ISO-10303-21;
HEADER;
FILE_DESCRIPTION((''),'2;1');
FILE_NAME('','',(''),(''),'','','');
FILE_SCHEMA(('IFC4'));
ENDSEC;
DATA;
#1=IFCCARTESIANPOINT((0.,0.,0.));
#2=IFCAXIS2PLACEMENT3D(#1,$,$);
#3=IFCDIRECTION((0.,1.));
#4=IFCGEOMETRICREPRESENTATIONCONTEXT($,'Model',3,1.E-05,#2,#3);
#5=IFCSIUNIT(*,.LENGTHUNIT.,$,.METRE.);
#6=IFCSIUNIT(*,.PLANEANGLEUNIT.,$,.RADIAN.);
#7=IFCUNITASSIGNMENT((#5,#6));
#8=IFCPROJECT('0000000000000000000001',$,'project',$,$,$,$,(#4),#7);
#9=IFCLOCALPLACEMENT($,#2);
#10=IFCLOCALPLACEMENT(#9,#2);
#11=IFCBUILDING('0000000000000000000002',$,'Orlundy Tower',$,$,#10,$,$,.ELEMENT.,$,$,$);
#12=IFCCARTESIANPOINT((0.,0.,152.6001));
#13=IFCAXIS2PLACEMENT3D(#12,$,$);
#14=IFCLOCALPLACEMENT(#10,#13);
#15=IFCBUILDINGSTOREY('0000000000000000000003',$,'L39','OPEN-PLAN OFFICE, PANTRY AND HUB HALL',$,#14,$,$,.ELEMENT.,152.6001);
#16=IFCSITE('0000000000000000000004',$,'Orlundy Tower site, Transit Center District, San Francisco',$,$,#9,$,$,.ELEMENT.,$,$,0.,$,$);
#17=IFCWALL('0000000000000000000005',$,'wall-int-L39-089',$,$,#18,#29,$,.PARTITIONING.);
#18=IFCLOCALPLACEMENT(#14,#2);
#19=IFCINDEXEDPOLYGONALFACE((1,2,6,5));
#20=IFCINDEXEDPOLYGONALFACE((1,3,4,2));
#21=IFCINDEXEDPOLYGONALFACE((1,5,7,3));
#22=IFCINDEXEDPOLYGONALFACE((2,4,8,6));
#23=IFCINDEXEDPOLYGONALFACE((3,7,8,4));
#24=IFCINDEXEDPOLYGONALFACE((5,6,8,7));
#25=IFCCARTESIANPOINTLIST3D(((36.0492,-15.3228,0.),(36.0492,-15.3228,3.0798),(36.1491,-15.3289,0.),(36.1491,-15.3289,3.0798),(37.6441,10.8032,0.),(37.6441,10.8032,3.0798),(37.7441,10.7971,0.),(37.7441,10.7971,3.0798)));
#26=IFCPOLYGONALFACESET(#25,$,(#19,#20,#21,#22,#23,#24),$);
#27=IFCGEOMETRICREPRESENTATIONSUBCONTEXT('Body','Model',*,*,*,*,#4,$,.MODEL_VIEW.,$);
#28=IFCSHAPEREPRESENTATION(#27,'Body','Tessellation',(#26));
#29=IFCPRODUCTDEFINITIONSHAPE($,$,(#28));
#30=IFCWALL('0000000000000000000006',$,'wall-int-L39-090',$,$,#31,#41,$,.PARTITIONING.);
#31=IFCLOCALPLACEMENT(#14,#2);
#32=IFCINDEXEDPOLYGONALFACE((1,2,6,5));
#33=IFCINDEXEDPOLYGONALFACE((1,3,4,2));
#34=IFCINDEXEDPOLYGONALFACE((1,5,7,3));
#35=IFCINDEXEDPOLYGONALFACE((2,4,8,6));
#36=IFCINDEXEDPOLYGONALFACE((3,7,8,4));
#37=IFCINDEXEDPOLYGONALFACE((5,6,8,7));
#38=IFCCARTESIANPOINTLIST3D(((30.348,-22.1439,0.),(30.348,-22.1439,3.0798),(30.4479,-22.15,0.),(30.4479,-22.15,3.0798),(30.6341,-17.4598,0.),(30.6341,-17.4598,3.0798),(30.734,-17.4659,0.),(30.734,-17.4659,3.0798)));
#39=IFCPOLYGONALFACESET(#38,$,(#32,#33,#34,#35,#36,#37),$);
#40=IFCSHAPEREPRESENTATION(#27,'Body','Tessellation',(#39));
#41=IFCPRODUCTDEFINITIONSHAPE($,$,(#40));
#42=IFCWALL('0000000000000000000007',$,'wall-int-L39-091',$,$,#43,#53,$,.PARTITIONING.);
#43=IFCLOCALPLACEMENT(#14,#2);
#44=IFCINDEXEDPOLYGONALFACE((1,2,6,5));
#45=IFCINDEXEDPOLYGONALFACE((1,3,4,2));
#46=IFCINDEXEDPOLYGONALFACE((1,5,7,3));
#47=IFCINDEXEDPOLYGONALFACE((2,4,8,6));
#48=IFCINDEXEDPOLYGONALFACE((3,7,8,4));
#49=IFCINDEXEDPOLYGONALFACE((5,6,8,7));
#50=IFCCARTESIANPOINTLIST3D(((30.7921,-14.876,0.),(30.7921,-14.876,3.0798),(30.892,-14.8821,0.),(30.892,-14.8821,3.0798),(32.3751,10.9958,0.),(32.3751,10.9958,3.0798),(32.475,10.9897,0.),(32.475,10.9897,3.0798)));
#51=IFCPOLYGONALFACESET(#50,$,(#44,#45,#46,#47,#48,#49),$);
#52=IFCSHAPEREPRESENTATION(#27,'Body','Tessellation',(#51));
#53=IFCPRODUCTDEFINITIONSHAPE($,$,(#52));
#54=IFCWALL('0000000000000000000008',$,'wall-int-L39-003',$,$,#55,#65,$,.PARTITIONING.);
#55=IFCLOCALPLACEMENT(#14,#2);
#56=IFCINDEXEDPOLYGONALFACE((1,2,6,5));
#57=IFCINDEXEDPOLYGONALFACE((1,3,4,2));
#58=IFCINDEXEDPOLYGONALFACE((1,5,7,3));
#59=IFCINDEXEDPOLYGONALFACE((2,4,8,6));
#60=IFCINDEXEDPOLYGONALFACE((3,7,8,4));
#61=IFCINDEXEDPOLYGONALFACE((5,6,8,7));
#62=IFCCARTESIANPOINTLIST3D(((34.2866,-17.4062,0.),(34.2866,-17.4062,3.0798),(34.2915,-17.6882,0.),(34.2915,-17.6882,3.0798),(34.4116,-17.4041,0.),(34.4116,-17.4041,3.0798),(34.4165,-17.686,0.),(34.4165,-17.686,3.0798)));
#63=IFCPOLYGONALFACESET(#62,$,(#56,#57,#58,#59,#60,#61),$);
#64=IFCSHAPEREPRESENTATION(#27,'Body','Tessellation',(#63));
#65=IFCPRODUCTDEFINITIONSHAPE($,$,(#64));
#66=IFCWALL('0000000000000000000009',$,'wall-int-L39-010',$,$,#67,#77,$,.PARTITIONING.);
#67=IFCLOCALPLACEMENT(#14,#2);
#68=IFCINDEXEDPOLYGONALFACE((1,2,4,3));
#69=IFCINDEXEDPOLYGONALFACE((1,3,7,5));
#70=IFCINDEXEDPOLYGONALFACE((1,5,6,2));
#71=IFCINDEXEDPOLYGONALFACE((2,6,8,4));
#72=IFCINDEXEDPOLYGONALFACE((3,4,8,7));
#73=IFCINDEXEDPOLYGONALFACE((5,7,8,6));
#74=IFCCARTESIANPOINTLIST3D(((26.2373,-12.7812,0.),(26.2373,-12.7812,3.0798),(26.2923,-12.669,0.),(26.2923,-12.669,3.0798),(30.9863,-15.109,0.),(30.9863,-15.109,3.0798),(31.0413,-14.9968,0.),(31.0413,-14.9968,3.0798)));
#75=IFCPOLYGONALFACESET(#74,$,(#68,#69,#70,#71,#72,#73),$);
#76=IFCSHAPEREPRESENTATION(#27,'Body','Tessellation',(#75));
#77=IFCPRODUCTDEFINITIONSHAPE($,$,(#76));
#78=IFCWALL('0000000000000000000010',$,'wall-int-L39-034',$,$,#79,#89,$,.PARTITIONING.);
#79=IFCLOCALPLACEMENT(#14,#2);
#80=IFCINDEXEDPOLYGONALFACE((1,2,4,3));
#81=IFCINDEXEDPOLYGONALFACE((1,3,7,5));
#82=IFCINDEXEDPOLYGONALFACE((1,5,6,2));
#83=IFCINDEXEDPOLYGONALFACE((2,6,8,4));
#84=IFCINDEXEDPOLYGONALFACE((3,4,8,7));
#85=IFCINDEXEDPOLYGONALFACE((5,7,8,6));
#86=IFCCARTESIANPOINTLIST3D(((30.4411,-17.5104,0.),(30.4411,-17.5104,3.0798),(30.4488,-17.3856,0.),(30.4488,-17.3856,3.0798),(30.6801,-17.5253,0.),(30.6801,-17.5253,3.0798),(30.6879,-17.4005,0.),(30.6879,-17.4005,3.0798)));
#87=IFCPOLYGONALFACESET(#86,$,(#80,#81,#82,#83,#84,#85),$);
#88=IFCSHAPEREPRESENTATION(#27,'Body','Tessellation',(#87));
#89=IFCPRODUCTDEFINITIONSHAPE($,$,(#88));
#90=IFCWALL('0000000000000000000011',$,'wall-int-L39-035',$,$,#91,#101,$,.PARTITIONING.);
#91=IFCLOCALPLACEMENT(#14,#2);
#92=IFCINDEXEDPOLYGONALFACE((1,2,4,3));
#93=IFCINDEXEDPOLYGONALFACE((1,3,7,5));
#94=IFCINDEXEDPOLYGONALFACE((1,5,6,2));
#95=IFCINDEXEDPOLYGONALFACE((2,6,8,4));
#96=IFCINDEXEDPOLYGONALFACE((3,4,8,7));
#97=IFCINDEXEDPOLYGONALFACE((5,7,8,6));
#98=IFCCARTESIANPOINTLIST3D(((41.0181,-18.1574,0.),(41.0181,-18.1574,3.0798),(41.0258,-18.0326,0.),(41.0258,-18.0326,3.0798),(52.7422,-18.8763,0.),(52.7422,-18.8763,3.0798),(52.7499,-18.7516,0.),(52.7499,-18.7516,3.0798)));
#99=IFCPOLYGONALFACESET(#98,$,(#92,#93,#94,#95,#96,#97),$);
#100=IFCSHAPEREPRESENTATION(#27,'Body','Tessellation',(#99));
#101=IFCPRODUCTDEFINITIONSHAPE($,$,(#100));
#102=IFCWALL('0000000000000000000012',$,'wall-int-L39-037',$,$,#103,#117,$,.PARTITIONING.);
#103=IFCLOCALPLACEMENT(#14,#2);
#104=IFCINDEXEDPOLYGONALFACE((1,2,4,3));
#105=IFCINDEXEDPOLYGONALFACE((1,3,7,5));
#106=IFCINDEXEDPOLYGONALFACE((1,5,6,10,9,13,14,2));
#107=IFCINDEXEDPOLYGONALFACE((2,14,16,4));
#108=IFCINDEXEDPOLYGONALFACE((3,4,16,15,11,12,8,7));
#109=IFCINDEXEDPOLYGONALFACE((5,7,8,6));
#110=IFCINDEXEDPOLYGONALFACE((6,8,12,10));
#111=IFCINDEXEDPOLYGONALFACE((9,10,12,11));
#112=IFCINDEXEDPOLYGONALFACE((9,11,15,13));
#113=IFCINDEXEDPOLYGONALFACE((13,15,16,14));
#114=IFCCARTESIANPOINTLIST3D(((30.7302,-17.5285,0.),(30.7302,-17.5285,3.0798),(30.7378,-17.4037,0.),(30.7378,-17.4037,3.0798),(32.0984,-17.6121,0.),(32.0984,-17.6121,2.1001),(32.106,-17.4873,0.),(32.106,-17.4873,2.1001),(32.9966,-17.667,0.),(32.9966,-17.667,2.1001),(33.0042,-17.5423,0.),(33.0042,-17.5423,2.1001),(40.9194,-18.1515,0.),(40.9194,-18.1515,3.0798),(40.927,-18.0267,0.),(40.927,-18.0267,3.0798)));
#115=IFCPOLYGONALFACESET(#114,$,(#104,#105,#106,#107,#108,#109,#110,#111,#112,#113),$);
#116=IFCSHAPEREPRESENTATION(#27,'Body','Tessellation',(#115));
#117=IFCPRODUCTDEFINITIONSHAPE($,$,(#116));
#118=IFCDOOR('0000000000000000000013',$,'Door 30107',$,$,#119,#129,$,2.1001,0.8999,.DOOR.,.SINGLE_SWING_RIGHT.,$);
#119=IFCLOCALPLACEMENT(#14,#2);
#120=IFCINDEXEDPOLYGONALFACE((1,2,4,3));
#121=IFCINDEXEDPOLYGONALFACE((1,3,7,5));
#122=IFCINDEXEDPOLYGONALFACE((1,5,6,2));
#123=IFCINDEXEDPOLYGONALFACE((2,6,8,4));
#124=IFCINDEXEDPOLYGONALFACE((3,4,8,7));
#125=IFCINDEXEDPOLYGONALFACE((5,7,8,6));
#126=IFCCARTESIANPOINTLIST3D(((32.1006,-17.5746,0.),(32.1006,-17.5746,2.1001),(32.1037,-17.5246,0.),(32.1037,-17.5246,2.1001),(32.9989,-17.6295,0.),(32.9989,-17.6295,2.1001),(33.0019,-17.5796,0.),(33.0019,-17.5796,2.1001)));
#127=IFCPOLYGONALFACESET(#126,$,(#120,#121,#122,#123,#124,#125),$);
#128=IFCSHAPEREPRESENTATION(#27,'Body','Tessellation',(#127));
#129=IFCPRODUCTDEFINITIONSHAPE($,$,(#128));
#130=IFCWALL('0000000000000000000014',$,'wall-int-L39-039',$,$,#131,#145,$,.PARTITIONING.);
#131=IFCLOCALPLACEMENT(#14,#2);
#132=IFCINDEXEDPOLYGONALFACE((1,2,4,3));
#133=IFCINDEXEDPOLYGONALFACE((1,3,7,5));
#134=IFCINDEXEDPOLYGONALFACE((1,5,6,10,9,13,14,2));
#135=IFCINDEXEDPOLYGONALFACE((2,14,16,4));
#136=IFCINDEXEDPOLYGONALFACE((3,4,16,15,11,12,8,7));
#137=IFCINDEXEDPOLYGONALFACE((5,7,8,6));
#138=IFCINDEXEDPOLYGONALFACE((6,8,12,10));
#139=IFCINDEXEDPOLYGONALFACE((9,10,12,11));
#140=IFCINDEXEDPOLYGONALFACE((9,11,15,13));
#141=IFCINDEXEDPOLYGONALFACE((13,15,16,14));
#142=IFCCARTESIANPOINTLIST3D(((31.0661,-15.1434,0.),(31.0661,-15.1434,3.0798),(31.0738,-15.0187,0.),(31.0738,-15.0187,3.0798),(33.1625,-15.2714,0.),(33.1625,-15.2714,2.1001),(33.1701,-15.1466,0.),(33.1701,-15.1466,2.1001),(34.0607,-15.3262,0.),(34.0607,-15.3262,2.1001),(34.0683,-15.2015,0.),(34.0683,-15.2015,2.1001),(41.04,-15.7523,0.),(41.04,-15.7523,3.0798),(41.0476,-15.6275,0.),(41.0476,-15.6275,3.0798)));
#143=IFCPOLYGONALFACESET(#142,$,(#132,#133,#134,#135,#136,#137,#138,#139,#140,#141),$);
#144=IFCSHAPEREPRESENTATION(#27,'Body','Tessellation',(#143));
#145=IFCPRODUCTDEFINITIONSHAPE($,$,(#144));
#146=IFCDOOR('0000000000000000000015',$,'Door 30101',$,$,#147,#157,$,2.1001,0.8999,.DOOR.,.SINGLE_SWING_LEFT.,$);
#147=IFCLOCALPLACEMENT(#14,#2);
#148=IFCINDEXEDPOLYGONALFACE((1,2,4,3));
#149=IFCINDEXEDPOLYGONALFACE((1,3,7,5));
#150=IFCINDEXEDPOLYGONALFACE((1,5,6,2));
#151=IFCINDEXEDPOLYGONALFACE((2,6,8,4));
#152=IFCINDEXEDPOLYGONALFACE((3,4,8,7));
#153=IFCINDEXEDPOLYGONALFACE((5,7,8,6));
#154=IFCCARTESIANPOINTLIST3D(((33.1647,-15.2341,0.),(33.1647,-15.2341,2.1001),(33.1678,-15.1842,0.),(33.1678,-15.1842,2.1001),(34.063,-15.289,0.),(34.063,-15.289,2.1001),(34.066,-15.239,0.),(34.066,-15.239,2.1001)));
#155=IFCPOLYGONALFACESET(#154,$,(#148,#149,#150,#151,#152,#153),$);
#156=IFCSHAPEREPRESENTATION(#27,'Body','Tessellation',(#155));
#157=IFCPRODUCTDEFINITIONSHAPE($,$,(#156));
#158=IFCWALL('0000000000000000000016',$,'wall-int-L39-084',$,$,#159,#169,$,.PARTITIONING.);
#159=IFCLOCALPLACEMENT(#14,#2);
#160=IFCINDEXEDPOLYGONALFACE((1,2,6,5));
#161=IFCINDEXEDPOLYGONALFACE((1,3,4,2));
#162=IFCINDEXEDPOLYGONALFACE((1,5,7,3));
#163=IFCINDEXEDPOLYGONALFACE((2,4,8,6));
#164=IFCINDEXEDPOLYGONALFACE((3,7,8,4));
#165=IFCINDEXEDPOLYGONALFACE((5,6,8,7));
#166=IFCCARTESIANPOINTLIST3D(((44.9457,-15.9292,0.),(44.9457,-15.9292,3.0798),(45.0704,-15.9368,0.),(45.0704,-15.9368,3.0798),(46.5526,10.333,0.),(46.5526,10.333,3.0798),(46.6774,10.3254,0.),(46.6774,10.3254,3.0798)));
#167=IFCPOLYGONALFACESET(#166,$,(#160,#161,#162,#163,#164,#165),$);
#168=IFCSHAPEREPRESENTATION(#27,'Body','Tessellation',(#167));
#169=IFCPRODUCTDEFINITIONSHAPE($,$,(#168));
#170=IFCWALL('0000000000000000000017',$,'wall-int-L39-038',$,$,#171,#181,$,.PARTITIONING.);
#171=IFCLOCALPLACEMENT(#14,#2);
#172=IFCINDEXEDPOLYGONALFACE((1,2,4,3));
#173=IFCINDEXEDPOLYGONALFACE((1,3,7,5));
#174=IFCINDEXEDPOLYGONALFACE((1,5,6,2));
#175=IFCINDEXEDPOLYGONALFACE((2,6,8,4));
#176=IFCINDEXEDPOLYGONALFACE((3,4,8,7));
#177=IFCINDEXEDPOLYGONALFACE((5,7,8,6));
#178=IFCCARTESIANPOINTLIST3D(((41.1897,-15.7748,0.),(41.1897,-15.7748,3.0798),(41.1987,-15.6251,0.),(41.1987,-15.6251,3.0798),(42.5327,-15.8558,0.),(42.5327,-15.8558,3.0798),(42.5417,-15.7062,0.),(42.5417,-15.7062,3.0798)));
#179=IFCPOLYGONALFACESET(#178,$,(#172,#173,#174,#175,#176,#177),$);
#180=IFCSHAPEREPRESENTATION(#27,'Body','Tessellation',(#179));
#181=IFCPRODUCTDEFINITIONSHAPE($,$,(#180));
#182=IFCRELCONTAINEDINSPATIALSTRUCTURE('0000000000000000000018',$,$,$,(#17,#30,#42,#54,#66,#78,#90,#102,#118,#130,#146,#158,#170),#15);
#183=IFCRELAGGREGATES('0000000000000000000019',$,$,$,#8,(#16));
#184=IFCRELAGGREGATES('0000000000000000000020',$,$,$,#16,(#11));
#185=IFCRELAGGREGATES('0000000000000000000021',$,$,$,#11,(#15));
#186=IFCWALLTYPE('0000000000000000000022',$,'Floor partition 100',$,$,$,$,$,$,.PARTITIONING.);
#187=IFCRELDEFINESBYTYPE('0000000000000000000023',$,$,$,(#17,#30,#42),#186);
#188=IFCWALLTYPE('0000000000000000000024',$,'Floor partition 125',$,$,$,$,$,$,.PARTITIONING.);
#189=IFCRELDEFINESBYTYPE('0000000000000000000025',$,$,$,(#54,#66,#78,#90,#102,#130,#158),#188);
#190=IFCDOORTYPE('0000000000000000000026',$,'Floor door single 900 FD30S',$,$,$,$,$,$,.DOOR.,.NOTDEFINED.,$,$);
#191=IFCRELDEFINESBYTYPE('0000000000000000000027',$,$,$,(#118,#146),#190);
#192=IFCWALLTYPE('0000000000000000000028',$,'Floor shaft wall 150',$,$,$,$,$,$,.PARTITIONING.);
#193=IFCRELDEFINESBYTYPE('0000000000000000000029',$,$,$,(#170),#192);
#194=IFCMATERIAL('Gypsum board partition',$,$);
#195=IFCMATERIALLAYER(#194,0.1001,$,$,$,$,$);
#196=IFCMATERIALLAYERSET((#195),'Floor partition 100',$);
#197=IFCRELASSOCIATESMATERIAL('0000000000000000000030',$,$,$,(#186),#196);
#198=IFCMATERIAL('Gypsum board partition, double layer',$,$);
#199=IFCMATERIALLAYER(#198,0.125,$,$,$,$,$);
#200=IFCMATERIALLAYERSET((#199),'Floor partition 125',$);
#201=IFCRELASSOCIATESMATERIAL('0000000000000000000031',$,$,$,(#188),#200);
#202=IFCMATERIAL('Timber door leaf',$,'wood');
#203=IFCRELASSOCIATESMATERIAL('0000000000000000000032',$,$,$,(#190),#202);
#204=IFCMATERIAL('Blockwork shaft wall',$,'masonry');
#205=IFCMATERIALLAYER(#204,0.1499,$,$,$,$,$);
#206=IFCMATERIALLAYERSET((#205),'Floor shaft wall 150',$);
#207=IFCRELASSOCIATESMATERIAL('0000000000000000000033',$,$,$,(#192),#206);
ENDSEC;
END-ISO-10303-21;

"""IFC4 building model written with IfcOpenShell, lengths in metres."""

from ifc_helpers import new_model, si_unit, direction, frame, frame_2d, origin, place, context, subcontext, project, spatial, rectangle, extrude, material, layer, layer_set, type_object, element, fill, save


model = new_model("IFC4")

# Units and contexts
model_context = context("Model", 3, precision=1e-05, world=origin(), true_north=direction((0.0, 1.0)))
body_context = subcontext(model_context, "Body", "Model", "MODEL_VIEW")
ifc_project = project(units=[si_unit("LENGTHUNIT", "METRE"), si_unit("PLANEANGLEUNIT", "RADIAN")], contexts=[model_context])

# Site, building, storey
site_placement = place(None, origin())
site = spatial("IfcSite", under=ifc_project, at=site_placement, Name="Orlundy Tower site, Transit Center District, San Francisco", CompositionType="ELEMENT", RefElevation=0.0)
building_placement = place(site_placement, origin())
building = spatial("IfcBuilding", under=site, at=building_placement, Name="Orlundy Tower", CompositionType="ELEMENT")
storey_placement = place(building_placement, frame((0.0, 0.0, 152.6001)))
storey = spatial("IfcBuildingStorey", under=building, at=storey_placement, Name="L39", Description="OPEN-PLAN OFFICE, PANTRY AND HUB HALL", CompositionType="ELEMENT", Elevation=152.6001)

# Walls
ifc_material_1 = material(Name="Gypsum board partition")
ifc_layer_1 = layer(ifc_material_1, 0.1001)
ifc_layer_set_1 = layer_set([ifc_layer_1], Name="Floor partition 100")
wall_type_1 = type_object("IfcWallType", Name="Floor partition 100", PredefinedType="PARTITIONING", material=ifc_layer_set_1)
wall_1_placement = place(storey_placement, frame((36.0991, -15.3259, 0.0), z_axis=(0.0, 0.0, 1.0), x_axis=(0.060936, 0.998142, 0.0)))
element("IfcWall", 1, at=wall_1_placement, inside=storey, type_object=wall_type_1, Name="wall-int-L39-089", PredefinedType="PARTITIONING", context=body_context, shape_type="SweptSolid", body=[
    extrude(rectangle(XDim=26.1746, YDim=0.1001, at=frame_2d((13.0874, 0.0))), origin(), (0.0, 0.0, 1.0), 3.0798),
])
wall_2_placement = place(storey_placement, frame((30.3979, -22.147, 0.0), z_axis=(0.0, 0.0, 1.0), x_axis=(0.060973, 0.998139, 0.0)))
element("IfcWall", 2, at=wall_2_placement, inside=storey, type_object=wall_type_1, Name="wall-int-L39-090", PredefinedType="PARTITIONING", context=body_context, shape_type="SweptSolid", body=[
    extrude(rectangle(XDim=4.6929, YDim=0.1001, at=frame_2d((2.3464, 0.0))), origin(), (0.0, 0.0, 1.0), 3.0798),
])
wall_3_placement = place(storey_placement, frame((30.842, -14.8789, 0.0), z_axis=(0.0, 0.0, 1.0), x_axis=(0.061072, 0.998133, 0.0)))
element("IfcWall", 3, at=wall_3_placement, inside=storey, type_object=wall_type_1, Name="wall-int-L39-091", PredefinedType="PARTITIONING", context=body_context, shape_type="SweptSolid", body=[
    extrude(rectangle(XDim=25.9202, YDim=0.1001, at=frame_2d((12.96, 0.0))), origin(), (0.0, 0.0, 1.0), 3.0798),
])
ifc_material_2 = material(Name="Gypsum board partition, double layer")
ifc_layer_2 = layer(ifc_material_2, 0.125)
ifc_layer_set_2 = layer_set([ifc_layer_2], Name="Floor partition 125")
wall_type_2 = type_object("IfcWallType", Name="Floor partition 125", PredefinedType="PARTITIONING", material=ifc_layer_set_2)
wall_4_placement = place(storey_placement, frame((34.3491, -17.405, 0.0), z_axis=(0.0, 0.0, 1.0), x_axis=(0.017313, -0.99985, 0.0)))
element("IfcWall", 4, at=wall_4_placement, inside=storey, type_object=wall_type_2, Name="wall-int-L39-003", PredefinedType="PARTITIONING", context=body_context, shape_type="SweptSolid", body=[
    extrude(rectangle(XDim=0.282, YDim=0.125, at=frame_2d((0.1411, 0.0))), origin(), (0.0, 0.0, 1.0), 3.0798),
])
wall_5_placement = place(storey_placement, frame((31.0139, -15.053, 0.0), z_axis=(0.0, 0.0, 1.0), x_axis=(-0.897926, 0.440146, 0.0)))
element("IfcWall", 5, at=wall_5_placement, inside=storey, type_object=wall_type_2, Name="wall-int-L39-010", PredefinedType="PARTITIONING", context=body_context, shape_type="SweptSolid", body=[
    extrude(rectangle(XDim=5.2888, YDim=0.125, at=frame_2d((2.6445, 0.0))), origin(), (0.0, 0.0, 1.0), 3.0798),
])
wall_6_placement = place(storey_placement, frame((30.4451, -17.448, 0.0), z_axis=(0.0, 0.0, 1.0), x_axis=(0.998064, -0.062188, 0.0)))
element("IfcWall", 6, at=wall_6_placement, inside=storey, type_object=wall_type_2, Name="wall-int-L39-034", PredefinedType="PARTITIONING", context=body_context, shape_type="SweptSolid", body=[
    extrude(rectangle(XDim=0.2395, YDim=0.125, at=frame_2d((0.1196, 0.0))), origin(), (0.0, 0.0, 1.0), 3.0798),
])
wall_7_placement = place(storey_placement, frame((41.022, -18.095, 0.0), z_axis=(0.0, 0.0, 1.0), x_axis=(0.998125, -0.061211, 0.0)))
element("IfcWall", 7, at=wall_7_placement, inside=storey, type_object=wall_type_2, Name="wall-int-L39-035", PredefinedType="PARTITIONING", context=body_context, shape_type="SweptSolid", body=[
    extrude(rectangle(XDim=11.7461, YDim=0.125, at=frame_2d((5.873, 0.0))), origin(), (0.0, 0.0, 1.0), 3.0798),
])

# Walls, openings, doors
wall_8_placement = place(storey_placement, frame((40.9231, -18.0891, 0.0), z_axis=(0.0, 0.0, 1.0), x_axis=(-0.998136, 0.061034, 0.0)))
wall_8 = element("IfcWall", 8, at=wall_8_placement, inside=storey, type_object=wall_type_2, Name="wall-int-L39-037", PredefinedType="PARTITIONING", context=body_context, shape_type="SweptSolid", body=[
    extrude(rectangle(XDim=10.2083, YDim=0.125, at=frame_2d((5.104, 0.0))), origin(), (0.0, 0.0, 1.0), 3.0798),
])
opening_1_placement = place(wall_8_placement, frame((7.9375, 0.0, 0.0)))
opening_1 = element("IfcOpeningElement", 9, at=opening_1_placement, cuts=wall_8, PredefinedType="OPENING", context=body_context, shape_type="SweptSolid", body=[
    extrude(rectangle(XDim=0.8999, YDim=2.1001, at=frame_2d((0.45, 1.05))), frame((0.0, 0.0725, 0.0), z_axis=(0.0, -1.0, 0.0), x_axis=(1.0, 0.0, 0.0)), (0.0, 0.0, 1.0), 0.145),
])
ifc_material_3 = material(Name="Timber door leaf", Category="wood")
door_type_1 = type_object("IfcDoorType", Name="Floor door single 900 FD30S", OperationType="NOTDEFINED", PredefinedType="DOOR", material=ifc_material_3)
door_1_placement = place(opening_1_placement, origin())
door_1 = element("IfcDoor", 10, at=door_1_placement, inside=storey, type_object=door_type_1, Name="Door 30107", OperationType="SINGLE_SWING_RIGHT", OverallHeight=2.1001, OverallWidth=0.8999, PredefinedType="DOOR", context=body_context, shape_type="SweptSolid", body=[
    extrude(rectangle(XDim=0.8999, YDim=2.1001, at=frame_2d((0.45, 1.05))), frame((0.0, 0.0249, 0.0), z_axis=(0.0, -1.0, 0.0), x_axis=(1.0, 0.0, 0.0)), (0.0, 0.0, 1.0), 0.05),
])
fill(opening_1, door_1)
wall_9_placement = place(storey_placement, frame((31.0701, -15.0811, 0.0), z_axis=(0.0, 0.0, 1.0), x_axis=(0.998142, -0.060935, 0.0)))
wall_9 = element("IfcWall", 11, at=wall_9_placement, inside=storey, type_object=wall_type_2, Name="wall-int-L39-039", PredefinedType="PARTITIONING", context=body_context, shape_type="SweptSolid", body=[
    extrude(rectangle(XDim=9.9924, YDim=0.125, at=frame_2d((4.9961, 0.0))), origin(), (0.0, 0.0, 1.0), 3.0798),
])
opening_2_placement = place(wall_9_placement, frame((2.1001, 0.0, 0.0)))
opening_2 = element("IfcOpeningElement", 12, at=opening_2_placement, cuts=wall_9, PredefinedType="OPENING", context=body_context, shape_type="SweptSolid", body=[
    extrude(rectangle(XDim=0.8999, YDim=2.1001, at=frame_2d((0.45, 1.05))), frame((0.0, 0.0725, 0.0), z_axis=(0.0, -1.0, 0.0), x_axis=(1.0, 0.0, 0.0)), (0.0, 0.0, 1.0), 0.145),
])
door_2_placement = place(opening_2_placement, origin())
door_2 = element("IfcDoor", 13, at=door_2_placement, inside=storey, type_object=door_type_1, Name="Door 30101", OperationType="SINGLE_SWING_LEFT", OverallHeight=2.1001, OverallWidth=0.8999, PredefinedType="DOOR", context=body_context, shape_type="SweptSolid", body=[
    extrude(rectangle(XDim=0.8999, YDim=2.1001, at=frame_2d((0.45, 1.05))), frame((0.0, 0.0249, 0.0), z_axis=(0.0, -1.0, 0.0), x_axis=(1.0, 0.0, 0.0)), (0.0, 0.0, 1.0), 0.05),
])
fill(opening_2, door_2)

# Walls
wall_10_placement = place(storey_placement, frame((45.0081, -15.9331, 0.0), z_axis=(0.0, 0.0, 1.0), x_axis=(0.061074, 0.998133, 0.0)))
element("IfcWall", 14, at=wall_10_placement, inside=storey, type_object=wall_type_2, Name="wall-int-L39-084", PredefinedType="PARTITIONING", context=body_context, shape_type="SweptSolid", body=[
    extrude(rectangle(XDim=26.3113, YDim=0.125, at=frame_2d((13.1558, 0.0))), origin(), (0.0, 0.0, 1.0), 3.0798),
])
ifc_material_4 = material(Name="Blockwork shaft wall", Category="masonry")
ifc_layer_3 = layer(ifc_material_4, 0.1499)
ifc_layer_set_3 = layer_set([ifc_layer_3], Name="Floor shaft wall 150")
wall_type_3 = type_object("IfcWallType", Name="Floor shaft wall 150", PredefinedType="PARTITIONING", material=ifc_layer_set_3)
wall_11_placement = place(storey_placement, frame((41.1941, -15.7, 0.0), z_axis=(0.0, 0.0, 1.0), x_axis=(0.998184, -0.060243, 0.0)))
element("IfcWall", 15, at=wall_11_placement, inside=storey, type_object=wall_type_3, Name="wall-int-L39-038", PredefinedType="PARTITIONING", context=body_context, shape_type="SweptSolid", body=[
    extrude(rectangle(XDim=1.3455, YDim=0.1499, at=frame_2d((0.6729, 0.0))), origin(), (0.0, 0.0, 1.0), 3.0798),
])

save(model, "model.ifc")
